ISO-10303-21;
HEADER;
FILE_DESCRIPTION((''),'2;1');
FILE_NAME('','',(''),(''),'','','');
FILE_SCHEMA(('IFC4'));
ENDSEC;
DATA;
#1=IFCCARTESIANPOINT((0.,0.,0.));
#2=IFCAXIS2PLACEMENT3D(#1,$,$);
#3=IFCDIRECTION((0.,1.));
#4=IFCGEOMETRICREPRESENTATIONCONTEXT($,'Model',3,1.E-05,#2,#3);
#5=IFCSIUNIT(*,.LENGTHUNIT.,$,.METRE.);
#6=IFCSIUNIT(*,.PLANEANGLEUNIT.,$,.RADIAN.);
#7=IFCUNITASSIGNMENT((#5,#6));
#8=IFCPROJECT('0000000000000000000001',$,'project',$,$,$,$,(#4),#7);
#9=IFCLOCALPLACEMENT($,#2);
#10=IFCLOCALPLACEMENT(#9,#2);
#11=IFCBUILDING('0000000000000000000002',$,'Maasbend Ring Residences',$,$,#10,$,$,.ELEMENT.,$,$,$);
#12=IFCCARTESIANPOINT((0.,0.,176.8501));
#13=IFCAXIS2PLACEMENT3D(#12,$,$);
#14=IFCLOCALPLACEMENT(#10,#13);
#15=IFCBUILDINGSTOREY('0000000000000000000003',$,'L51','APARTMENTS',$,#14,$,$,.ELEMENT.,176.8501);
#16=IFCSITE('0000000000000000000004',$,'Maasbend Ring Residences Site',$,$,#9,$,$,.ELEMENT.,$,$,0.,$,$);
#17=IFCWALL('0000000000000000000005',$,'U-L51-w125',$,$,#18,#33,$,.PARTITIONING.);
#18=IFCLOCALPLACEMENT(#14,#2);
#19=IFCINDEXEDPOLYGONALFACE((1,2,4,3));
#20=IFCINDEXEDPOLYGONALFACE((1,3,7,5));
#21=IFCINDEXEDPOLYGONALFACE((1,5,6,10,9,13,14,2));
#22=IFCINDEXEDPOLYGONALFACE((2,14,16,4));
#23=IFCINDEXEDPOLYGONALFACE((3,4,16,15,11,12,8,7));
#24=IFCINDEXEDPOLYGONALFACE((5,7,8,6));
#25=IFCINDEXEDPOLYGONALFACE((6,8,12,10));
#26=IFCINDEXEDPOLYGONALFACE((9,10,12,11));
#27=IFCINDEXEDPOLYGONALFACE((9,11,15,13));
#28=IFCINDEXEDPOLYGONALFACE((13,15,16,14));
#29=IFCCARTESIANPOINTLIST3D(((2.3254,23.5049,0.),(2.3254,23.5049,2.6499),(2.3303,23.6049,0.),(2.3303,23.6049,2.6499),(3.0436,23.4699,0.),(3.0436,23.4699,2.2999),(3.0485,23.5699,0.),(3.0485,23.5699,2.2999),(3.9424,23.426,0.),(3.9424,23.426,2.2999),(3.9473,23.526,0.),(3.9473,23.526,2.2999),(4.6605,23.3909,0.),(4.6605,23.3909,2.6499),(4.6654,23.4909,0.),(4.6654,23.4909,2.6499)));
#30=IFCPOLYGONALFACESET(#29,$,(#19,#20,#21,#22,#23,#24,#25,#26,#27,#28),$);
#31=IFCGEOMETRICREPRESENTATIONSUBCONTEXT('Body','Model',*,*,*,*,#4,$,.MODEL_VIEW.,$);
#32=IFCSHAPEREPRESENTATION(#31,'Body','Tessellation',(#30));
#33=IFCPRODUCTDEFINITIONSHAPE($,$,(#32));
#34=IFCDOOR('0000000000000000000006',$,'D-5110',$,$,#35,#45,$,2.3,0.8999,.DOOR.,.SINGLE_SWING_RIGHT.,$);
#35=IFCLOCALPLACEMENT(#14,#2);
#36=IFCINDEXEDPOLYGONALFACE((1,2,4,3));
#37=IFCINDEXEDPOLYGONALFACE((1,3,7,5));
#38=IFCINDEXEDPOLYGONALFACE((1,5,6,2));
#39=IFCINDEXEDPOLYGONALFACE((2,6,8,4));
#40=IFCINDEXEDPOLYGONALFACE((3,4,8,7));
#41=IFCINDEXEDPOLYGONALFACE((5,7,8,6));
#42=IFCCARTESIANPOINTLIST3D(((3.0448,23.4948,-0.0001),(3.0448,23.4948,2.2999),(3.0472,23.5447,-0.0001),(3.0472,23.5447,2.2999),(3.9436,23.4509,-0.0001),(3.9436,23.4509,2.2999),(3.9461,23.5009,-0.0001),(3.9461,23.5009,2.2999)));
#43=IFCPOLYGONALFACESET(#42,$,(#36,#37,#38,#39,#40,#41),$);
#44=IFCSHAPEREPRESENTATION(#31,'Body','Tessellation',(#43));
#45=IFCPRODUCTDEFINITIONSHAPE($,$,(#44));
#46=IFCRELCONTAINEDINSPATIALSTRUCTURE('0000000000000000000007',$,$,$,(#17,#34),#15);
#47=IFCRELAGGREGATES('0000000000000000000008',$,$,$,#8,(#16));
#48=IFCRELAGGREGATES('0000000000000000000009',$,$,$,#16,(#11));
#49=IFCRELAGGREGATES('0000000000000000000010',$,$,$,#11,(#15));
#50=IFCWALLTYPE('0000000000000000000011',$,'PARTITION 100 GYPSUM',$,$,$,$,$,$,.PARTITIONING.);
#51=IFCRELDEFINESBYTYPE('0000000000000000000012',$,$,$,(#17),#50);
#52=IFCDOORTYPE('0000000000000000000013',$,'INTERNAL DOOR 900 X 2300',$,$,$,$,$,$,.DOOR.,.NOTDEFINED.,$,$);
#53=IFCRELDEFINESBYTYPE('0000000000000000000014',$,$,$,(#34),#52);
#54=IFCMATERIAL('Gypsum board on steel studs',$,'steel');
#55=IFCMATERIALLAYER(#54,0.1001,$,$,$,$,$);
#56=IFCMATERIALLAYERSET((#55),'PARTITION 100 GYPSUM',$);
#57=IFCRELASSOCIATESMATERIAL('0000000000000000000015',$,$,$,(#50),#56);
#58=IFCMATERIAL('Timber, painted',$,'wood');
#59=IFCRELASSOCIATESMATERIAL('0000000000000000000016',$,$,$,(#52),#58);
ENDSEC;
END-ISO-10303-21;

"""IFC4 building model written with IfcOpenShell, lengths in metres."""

from ifc_helpers import new_model, si_unit, direction, frame, frame_2d, origin, place, context, subcontext, project, spatial, rectangle, extrude, material, layer, layer_set, type_object, element, fill, save


model = new_model("IFC4")

# Units and contexts
model_context = context("Model", 3, precision=1e-05, world=origin(), true_north=direction((0.0, 1.0)))
body_context = subcontext(model_context, "Body", "Model", "MODEL_VIEW")
ifc_project = project(units=[si_unit("LENGTHUNIT", "METRE"), si_unit("PLANEANGLEUNIT", "RADIAN")], contexts=[model_context])

# Site, building, storey
site_placement = place(None, origin())
site = spatial("IfcSite", under=ifc_project, at=site_placement, Name="Maasbend Ring Residences Site", CompositionType="ELEMENT", RefElevation=0.0)
building_placement = place(site_placement, origin())
building = spatial("IfcBuilding", under=site, at=building_placement, Name="Maasbend Ring Residences", CompositionType="ELEMENT")
storey_placement = place(building_placement, frame((0.0, 0.0, 176.8501)))
storey = spatial("IfcBuildingStorey", under=building, at=storey_placement, Name="L51", Description="APARTMENTS", CompositionType="ELEMENT", Elevation=176.8501)

# Wall, opening, door
ifc_material_1 = material(Name="Gypsum board on steel studs", Category="steel")
ifc_layer_1 = layer(ifc_material_1, 0.1001)
ifc_layer_set_1 = layer_set([ifc_layer_1], Name="PARTITION 100 GYPSUM")
wall_type_1 = type_object("IfcWallType", Name="PARTITION 100 GYPSUM", PredefinedType="PARTITIONING", material=ifc_layer_set_1)
wall_1_placement = place(storey_placement, frame((2.3279, 23.5549, 0.0), z_axis=(0.0, 0.0, 1.0), x_axis=(0.99881, -0.048766, 0.0)))
wall_1 = element("IfcWall", 1, at=wall_1_placement, inside=storey, type_object=wall_type_1, Name="U-L51-w125", PredefinedType="PARTITIONING", context=body_context, shape_type="SweptSolid", body=[
    extrude(rectangle(XDim=2.3379, YDim=0.1001, at=frame_2d((1.1689, 0.0))), origin(), (0.0, 0.0, 1.0), 2.6499),
])
opening_1_placement = place(wall_1_placement, frame((0.719, 0.0, 0.0)))
opening_1 = element("IfcOpeningElement", 2, at=opening_1_placement, cuts=wall_1, PredefinedType="OPENING", context=body_context, shape_type="SweptSolid", body=[
    extrude(rectangle(XDim=0.8999, YDim=2.3, at=frame_2d((0.45, 1.1499))), frame((0.0, 0.0601, 0.0), z_axis=(0.0, -1.0, 0.0), x_axis=(1.0, 0.0, 0.0)), (0.0, 0.0, 1.0), 0.1201),
])
ifc_material_2 = material(Name="Timber, painted", Category="wood")
door_type_1 = type_object("IfcDoorType", Name="INTERNAL DOOR 900 X 2300", OperationType="NOTDEFINED", PredefinedType="DOOR", material=ifc_material_2)
door_1_placement = place(opening_1_placement, origin())
door_1 = element("IfcDoor", 3, at=door_1_placement, inside=storey, type_object=door_type_1, Name="D-5110", OperationType="SINGLE_SWING_RIGHT", OverallHeight=2.3, OverallWidth=0.8999, PredefinedType="DOOR", context=body_context, shape_type="SweptSolid", body=[
    extrude(rectangle(XDim=0.8999, YDim=2.3, at=frame_2d((0.45, 1.1499))), frame((0.0, 0.0249, 0.0), z_axis=(0.0, -1.0, 0.0), x_axis=(1.0, 0.0, 0.0)), (0.0, 0.0, 1.0), 0.05),
])
fill(opening_1, door_1)

save(model, "model.ifc")
